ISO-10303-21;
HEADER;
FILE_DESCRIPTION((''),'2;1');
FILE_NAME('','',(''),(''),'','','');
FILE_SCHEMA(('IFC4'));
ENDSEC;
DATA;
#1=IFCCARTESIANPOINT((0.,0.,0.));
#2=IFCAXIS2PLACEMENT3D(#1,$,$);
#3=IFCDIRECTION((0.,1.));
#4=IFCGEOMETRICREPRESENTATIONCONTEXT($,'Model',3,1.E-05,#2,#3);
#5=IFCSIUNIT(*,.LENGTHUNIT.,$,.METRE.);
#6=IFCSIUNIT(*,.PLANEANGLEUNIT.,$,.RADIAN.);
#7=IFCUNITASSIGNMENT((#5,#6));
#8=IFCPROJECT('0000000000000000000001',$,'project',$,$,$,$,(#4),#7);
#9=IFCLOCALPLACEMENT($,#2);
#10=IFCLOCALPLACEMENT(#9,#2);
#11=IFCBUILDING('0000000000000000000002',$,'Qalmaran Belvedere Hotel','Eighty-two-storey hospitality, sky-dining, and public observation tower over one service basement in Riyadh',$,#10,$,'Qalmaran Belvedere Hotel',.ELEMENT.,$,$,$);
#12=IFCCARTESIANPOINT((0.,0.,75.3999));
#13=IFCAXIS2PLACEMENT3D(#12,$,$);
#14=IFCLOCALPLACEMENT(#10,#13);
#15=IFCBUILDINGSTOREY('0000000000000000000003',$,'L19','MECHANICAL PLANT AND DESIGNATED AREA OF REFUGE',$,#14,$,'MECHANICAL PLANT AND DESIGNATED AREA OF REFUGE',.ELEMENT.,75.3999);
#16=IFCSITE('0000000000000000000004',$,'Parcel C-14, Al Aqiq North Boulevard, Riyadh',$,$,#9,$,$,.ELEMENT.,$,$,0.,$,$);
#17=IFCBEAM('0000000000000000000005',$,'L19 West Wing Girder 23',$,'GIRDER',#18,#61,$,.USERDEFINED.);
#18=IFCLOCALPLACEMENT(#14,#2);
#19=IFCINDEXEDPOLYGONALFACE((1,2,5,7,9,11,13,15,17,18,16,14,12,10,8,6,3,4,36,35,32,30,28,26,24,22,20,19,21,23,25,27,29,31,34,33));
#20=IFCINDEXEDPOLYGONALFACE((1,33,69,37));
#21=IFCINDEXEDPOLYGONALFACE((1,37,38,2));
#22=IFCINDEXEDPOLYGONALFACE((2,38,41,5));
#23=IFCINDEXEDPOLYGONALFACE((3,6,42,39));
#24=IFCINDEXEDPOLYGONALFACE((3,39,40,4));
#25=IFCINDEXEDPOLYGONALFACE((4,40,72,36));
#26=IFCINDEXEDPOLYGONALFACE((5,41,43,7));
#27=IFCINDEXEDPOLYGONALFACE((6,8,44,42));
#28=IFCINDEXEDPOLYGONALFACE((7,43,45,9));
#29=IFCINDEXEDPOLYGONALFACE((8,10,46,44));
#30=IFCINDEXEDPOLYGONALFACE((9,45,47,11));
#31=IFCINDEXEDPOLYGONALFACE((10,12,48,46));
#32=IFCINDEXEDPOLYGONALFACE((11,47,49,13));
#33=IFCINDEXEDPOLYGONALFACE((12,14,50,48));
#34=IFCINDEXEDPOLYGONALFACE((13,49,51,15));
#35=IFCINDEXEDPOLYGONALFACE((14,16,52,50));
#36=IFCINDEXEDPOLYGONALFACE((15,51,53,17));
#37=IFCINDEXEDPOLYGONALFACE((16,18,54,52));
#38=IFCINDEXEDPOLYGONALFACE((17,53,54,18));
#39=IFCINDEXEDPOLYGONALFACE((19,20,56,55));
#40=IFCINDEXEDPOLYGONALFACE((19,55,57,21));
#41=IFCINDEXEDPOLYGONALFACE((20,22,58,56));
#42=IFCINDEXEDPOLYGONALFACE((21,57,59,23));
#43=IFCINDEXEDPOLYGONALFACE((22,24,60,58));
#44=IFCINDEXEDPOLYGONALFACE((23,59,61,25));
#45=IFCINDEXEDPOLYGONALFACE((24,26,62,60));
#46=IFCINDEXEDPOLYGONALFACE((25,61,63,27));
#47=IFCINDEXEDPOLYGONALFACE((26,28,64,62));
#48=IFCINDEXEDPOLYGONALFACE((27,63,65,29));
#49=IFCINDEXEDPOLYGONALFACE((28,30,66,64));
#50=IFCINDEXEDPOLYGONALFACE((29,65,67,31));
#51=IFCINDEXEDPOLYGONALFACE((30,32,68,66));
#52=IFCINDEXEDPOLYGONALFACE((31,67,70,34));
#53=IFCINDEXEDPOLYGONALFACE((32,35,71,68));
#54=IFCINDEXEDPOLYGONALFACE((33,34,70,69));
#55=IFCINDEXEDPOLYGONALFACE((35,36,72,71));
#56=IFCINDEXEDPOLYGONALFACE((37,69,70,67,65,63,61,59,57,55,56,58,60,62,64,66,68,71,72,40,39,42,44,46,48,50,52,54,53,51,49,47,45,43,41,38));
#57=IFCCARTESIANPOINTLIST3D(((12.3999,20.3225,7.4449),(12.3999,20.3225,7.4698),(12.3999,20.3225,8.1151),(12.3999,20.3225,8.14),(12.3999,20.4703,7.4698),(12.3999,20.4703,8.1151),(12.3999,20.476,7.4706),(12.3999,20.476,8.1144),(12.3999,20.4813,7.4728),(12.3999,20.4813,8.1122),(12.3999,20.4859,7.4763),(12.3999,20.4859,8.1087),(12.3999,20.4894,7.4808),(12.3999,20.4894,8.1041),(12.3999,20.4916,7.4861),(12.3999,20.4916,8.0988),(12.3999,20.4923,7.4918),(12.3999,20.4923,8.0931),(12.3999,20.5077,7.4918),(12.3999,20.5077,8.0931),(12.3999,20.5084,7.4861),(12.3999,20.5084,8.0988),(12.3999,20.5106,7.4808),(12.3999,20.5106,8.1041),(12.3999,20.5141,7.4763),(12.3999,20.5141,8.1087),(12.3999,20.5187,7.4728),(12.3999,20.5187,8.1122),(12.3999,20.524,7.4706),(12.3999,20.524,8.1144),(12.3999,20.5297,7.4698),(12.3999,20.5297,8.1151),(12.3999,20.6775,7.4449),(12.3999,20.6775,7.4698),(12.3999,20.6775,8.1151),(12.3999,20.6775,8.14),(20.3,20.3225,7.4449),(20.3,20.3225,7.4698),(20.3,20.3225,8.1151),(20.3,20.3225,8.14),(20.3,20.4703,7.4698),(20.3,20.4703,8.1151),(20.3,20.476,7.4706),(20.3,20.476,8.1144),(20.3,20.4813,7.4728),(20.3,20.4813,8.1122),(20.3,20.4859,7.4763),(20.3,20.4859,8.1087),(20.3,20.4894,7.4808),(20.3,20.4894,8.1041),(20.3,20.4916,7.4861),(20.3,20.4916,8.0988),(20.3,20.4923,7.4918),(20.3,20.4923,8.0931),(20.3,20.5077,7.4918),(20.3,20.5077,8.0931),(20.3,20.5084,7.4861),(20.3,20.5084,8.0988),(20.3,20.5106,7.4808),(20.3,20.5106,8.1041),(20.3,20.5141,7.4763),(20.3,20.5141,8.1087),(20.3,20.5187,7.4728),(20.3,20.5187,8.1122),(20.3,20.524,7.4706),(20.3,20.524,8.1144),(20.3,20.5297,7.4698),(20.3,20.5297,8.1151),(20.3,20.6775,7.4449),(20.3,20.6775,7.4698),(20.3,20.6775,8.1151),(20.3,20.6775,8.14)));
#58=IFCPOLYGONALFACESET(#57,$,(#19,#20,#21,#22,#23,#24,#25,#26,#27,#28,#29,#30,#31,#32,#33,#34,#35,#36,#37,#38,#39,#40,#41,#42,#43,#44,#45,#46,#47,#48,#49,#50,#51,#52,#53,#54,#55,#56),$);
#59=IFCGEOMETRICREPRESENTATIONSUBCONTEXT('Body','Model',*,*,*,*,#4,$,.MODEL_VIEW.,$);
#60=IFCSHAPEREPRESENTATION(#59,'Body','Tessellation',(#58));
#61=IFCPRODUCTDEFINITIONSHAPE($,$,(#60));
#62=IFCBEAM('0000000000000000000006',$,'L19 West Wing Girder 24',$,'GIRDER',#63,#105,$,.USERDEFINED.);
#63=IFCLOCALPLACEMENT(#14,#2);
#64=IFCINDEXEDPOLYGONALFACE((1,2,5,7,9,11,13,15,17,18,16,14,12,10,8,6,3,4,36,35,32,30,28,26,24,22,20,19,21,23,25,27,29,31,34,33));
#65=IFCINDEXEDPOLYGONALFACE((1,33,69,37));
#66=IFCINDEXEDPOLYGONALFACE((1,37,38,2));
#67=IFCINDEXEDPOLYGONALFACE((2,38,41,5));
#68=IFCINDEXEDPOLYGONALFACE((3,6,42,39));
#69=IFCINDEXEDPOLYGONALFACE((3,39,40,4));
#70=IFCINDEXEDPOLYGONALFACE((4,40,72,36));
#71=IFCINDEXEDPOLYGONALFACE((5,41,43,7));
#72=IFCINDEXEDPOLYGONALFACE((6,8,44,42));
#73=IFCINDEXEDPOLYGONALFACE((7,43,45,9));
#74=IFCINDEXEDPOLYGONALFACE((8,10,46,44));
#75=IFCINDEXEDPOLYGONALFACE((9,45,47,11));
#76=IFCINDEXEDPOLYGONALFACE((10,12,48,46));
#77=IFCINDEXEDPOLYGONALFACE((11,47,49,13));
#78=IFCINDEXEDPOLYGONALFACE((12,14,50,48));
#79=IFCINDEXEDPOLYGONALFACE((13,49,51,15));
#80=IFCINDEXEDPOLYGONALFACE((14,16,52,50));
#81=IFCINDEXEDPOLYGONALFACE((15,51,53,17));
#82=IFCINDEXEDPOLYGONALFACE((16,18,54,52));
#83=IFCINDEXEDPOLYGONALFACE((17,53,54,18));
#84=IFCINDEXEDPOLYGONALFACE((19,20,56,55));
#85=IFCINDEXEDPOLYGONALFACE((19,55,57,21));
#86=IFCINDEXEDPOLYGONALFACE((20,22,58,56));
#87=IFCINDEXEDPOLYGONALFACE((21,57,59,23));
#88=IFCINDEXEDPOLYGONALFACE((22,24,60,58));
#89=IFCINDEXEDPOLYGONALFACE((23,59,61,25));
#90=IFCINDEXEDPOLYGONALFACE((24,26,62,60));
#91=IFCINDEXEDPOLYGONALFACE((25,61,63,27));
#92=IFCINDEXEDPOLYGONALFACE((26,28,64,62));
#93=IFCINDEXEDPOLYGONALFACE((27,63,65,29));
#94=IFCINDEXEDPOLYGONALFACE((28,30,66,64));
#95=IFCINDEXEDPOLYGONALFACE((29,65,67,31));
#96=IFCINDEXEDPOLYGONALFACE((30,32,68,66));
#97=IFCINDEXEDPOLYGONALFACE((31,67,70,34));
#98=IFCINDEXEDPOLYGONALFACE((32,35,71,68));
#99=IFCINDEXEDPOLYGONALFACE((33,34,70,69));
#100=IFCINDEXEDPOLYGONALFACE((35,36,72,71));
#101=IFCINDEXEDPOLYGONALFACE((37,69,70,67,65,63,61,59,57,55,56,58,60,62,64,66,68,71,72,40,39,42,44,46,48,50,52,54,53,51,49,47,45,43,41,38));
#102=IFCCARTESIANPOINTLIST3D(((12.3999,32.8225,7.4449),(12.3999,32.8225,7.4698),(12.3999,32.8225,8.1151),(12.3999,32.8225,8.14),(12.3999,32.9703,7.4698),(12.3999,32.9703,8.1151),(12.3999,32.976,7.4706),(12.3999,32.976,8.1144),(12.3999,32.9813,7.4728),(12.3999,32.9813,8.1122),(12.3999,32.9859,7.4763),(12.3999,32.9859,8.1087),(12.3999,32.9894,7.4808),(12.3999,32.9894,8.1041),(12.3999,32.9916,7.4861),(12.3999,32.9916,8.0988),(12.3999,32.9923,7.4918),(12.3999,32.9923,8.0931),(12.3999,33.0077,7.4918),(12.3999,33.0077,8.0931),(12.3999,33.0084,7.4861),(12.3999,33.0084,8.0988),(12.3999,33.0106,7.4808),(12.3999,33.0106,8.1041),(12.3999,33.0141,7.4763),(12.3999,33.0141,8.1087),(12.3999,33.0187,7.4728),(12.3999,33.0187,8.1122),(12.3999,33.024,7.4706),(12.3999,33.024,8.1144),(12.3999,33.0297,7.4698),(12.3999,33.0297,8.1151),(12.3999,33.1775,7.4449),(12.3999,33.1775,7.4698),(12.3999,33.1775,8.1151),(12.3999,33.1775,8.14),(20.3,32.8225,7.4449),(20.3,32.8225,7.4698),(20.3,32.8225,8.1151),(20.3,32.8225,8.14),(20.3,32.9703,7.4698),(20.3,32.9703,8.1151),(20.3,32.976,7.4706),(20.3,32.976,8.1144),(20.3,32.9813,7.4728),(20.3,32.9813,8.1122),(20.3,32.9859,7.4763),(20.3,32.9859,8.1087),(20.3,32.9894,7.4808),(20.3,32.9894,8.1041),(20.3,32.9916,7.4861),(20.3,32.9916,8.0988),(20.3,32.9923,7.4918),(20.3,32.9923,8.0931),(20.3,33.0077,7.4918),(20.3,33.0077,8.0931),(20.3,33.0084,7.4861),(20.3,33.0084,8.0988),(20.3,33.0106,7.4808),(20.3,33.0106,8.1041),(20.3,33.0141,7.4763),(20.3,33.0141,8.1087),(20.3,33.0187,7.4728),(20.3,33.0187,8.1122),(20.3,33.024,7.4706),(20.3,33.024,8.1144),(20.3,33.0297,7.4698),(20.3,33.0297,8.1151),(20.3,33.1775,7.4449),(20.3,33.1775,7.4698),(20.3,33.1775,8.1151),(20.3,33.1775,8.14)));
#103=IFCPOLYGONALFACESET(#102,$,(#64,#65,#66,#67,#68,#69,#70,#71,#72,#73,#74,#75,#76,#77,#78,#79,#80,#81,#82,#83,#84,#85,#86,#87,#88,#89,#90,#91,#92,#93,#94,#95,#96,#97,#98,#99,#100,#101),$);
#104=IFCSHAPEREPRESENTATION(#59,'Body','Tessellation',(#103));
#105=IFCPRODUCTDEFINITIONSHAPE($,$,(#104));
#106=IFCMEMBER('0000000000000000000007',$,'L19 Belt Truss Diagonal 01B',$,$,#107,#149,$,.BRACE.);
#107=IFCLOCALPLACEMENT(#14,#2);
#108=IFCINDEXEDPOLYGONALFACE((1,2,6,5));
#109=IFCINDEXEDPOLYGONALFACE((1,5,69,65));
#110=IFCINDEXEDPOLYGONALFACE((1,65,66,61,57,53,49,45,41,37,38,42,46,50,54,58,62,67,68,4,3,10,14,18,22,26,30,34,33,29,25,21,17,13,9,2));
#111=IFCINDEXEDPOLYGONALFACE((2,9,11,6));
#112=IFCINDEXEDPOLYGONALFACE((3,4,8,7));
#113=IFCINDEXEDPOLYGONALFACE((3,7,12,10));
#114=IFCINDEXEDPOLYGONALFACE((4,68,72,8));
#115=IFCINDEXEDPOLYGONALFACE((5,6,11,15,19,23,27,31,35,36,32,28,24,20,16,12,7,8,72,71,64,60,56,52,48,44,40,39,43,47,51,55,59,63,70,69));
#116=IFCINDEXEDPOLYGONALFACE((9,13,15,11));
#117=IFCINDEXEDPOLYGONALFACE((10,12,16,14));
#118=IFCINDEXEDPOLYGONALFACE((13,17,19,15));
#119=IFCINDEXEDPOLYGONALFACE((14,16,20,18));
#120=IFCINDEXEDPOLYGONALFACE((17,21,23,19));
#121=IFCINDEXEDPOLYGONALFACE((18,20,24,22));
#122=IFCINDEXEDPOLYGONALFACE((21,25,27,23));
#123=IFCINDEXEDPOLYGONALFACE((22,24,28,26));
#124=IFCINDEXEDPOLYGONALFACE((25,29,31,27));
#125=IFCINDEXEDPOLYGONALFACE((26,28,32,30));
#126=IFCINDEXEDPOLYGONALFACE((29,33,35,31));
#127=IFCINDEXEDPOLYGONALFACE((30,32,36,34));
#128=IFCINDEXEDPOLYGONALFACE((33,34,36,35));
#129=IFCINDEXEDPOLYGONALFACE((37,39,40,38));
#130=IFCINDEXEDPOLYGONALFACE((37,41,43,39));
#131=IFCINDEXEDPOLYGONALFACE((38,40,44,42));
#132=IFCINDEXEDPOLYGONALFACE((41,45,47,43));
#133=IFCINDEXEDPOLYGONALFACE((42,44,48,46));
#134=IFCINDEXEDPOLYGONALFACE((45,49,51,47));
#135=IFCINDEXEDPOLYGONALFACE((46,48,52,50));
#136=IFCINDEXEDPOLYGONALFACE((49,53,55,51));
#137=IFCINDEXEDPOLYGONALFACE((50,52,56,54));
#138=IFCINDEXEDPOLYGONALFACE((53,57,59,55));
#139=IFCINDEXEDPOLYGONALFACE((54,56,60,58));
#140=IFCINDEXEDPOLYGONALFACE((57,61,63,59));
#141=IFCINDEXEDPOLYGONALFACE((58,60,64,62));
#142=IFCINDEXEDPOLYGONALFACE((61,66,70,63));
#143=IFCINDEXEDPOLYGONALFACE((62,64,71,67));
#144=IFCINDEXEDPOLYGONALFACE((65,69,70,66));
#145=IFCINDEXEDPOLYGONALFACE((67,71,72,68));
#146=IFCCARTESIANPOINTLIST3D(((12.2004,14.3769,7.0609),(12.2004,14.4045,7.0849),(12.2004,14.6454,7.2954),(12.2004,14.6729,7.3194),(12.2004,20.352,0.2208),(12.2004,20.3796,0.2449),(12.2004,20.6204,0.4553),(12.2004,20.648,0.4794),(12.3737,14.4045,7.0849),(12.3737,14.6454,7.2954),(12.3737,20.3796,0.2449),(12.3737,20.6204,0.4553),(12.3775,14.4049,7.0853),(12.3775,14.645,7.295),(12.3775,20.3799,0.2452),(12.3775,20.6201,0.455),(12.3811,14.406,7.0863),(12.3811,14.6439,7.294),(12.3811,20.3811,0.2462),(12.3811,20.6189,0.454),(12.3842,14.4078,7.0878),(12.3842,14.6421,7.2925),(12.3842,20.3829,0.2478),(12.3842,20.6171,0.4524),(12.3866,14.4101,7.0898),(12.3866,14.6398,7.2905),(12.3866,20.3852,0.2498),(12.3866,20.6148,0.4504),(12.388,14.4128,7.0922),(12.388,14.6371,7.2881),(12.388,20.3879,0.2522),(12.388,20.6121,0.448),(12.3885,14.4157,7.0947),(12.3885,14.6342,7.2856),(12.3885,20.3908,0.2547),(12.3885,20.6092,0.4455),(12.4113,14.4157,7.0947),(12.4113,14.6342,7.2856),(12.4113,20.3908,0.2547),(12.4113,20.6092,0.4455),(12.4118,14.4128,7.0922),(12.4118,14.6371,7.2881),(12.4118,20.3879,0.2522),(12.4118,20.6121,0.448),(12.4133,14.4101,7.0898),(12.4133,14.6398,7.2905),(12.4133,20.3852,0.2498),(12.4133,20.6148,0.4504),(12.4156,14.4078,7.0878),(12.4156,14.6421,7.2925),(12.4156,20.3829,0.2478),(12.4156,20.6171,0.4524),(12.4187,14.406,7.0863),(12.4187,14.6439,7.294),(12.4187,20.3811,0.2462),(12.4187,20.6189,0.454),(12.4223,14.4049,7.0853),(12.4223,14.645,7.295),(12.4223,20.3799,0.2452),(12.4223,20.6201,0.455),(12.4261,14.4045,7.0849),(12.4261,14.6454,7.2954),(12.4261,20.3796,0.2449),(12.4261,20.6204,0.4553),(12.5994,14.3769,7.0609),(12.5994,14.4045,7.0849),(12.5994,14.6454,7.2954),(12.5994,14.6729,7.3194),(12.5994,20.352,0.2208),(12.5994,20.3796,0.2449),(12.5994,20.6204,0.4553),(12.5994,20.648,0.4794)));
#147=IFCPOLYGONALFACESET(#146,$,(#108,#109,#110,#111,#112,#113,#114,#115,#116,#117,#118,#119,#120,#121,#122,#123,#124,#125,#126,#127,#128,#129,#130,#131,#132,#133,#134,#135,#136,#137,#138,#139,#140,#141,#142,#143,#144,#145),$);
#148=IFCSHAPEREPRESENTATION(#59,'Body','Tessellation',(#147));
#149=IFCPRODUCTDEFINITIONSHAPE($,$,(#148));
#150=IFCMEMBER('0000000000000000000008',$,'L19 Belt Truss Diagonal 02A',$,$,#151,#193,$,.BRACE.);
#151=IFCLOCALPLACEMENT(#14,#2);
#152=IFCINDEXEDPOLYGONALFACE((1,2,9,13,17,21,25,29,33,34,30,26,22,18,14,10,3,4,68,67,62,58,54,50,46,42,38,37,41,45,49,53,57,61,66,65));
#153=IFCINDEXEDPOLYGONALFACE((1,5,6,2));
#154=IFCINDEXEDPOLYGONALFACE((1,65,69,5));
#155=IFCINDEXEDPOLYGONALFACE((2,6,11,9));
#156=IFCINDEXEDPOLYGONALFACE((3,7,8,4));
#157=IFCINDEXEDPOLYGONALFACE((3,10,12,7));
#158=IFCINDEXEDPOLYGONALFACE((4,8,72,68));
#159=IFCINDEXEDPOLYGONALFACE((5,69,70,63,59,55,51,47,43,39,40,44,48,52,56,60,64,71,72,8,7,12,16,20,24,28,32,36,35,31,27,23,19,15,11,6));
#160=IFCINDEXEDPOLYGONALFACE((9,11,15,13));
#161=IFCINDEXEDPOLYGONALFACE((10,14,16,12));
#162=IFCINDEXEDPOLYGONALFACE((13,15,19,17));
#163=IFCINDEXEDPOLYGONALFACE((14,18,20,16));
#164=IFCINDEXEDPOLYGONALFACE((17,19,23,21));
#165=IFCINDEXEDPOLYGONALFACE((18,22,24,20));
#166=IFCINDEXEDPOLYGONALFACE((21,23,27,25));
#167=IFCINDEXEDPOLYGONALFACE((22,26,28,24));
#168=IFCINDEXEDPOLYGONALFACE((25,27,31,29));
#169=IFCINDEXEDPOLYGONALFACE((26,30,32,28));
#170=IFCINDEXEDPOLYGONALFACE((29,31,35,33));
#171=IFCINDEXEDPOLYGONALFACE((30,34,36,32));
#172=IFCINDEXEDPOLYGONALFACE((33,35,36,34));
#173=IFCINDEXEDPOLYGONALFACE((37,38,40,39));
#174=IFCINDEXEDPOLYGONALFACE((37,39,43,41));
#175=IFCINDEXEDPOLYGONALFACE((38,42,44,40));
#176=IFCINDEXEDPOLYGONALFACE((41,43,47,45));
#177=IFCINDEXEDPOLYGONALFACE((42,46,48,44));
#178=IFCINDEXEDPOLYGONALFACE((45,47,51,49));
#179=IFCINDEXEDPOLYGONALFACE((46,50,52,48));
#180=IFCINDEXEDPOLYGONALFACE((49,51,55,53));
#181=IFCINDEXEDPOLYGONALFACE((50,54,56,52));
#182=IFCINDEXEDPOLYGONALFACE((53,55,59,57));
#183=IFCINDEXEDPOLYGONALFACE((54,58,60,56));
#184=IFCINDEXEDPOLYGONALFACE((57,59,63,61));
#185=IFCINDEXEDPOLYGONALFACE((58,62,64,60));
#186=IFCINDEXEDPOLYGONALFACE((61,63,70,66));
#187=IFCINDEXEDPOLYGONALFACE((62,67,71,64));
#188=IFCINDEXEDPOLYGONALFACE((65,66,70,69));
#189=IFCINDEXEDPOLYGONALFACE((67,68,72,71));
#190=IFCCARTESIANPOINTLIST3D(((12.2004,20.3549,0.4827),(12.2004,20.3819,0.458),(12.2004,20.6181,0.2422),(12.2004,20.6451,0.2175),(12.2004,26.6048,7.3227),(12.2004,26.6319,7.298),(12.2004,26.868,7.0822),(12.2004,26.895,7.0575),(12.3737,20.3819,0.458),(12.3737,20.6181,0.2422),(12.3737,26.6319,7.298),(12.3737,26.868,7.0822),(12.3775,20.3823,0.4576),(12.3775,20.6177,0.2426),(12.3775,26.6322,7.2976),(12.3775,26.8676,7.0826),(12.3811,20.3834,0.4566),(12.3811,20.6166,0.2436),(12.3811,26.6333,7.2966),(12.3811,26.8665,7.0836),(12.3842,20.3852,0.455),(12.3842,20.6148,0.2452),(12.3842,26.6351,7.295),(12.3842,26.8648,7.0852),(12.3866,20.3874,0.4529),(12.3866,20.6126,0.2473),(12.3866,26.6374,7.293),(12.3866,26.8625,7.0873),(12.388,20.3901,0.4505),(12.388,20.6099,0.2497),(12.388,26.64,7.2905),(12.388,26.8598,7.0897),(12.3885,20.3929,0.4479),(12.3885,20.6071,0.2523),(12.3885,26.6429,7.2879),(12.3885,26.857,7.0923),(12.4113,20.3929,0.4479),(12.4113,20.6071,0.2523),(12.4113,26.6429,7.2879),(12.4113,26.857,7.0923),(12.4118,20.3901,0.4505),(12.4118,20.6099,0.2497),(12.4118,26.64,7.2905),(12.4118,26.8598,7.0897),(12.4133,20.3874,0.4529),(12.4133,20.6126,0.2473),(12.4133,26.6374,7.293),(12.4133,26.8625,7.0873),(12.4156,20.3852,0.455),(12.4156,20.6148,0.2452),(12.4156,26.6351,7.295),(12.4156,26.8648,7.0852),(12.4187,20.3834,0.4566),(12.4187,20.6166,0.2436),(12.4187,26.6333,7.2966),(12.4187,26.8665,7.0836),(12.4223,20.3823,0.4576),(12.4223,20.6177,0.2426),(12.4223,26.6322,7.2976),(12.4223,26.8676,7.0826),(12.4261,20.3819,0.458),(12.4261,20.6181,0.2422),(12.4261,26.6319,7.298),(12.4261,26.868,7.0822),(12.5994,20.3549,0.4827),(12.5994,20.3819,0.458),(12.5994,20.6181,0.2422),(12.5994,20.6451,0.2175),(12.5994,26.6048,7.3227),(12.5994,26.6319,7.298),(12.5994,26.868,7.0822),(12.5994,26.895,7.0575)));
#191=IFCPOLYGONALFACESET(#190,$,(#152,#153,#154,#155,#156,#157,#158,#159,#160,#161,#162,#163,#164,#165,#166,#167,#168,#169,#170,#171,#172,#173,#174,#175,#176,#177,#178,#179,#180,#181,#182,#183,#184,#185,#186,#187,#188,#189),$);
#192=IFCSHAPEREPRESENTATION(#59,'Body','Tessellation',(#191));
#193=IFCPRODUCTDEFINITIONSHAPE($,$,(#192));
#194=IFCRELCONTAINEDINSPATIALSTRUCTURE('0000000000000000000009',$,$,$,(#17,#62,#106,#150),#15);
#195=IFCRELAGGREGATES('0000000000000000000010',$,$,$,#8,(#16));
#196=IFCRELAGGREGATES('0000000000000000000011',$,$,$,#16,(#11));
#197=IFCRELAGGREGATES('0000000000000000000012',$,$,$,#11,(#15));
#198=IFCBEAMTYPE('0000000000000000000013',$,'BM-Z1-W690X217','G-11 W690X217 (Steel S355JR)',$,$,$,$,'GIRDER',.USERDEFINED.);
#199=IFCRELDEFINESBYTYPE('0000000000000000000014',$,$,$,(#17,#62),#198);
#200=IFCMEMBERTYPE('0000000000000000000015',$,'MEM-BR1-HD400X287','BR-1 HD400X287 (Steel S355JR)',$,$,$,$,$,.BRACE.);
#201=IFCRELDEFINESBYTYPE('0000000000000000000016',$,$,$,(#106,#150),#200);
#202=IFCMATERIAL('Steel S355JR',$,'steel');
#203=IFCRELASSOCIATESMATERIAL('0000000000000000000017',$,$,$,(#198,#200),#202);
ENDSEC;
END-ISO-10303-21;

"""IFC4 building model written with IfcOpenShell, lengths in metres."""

from ifc_helpers import new_model, si_unit, direction, frame, origin, origin_2d, place, context, subcontext, project, spatial, i_section, extrude, material, material_profile, profile_set, type_object, element, save


model = new_model("IFC4")

# Units and contexts
model_context = context("Model", 3, precision=1e-05, world=origin(), true_north=direction((0.0, 1.0)))
body_context = subcontext(model_context, "Body", "Model", "MODEL_VIEW")
ifc_project = project(units=[si_unit("LENGTHUNIT", "METRE"), si_unit("PLANEANGLEUNIT", "RADIAN")], contexts=[model_context])

# Site, building, storey
site_placement = place(None, origin())
site = spatial("IfcSite", under=ifc_project, at=site_placement, Name="Parcel C-14, Al Aqiq North Boulevard, Riyadh", CompositionType="ELEMENT", RefElevation=0.0)
building_placement = place(site_placement, origin())
building = spatial("IfcBuilding", under=site, at=building_placement, Name="Qalmaran Belvedere Hotel", Description="Eighty-two-storey hospitality, sky-dining, and public observation tower over one service basement in Riyadh", LongName="Qalmaran Belvedere Hotel", CompositionType="ELEMENT")
storey_placement = place(building_placement, frame((0.0, 0.0, 75.3999)))
storey = spatial("IfcBuildingStorey", under=building, at=storey_placement, Name="L19", Description="MECHANICAL PLANT AND DESIGNATED AREA OF REFUGE", LongName="MECHANICAL PLANT AND DESIGNATED AREA OF REFUGE", CompositionType="ELEMENT", Elevation=75.3999)

# Beams
ifc_material_1 = material(Name="Steel S355JR", Category="steel")
ifc_material_profile_1 = material_profile(ifc_material_1, i_section(OverallWidth=0.355, OverallDepth=0.6951, WebThickness=0.0154, FlangeThickness=0.0249, FilletRadius=0.022, at=origin_2d()), Name="W690X217")
ifc_profile_set_1 = profile_set([ifc_material_profile_1], Name="Steel S355JR")
beam_type_1 = type_object("IfcBeamType", Name="BM-Z1-W690X217", Description="G-11 W690X217 (Steel S355JR)", ElementType="GIRDER", PredefinedType="USERDEFINED", material=ifc_profile_set_1)
for number, where, z_axis, x_axis, name in (
    (1, (12.3999, 20.5, 7.7925), (1.0, 0.0, 0.0), (0.0, 1.0, 0.0), "L19 West Wing Girder 23"),
    (2, (12.3999, 33.0, 7.7925), (1.0, 0.0, 0.0), (0.0, 1.0, 0.0), "L19 West Wing Girder 24"),
):
    element("IfcBeam", number, at=place(storey_placement, frame(where, z_axis=z_axis, x_axis=x_axis)), inside=storey, type_object=beam_type_1, Name=name, ObjectType="GIRDER", PredefinedType="USERDEFINED", context=body_context, shape_type="SweptSolid", body=[
        extrude(i_section(OverallWidth=0.355, OverallDepth=0.6951, WebThickness=0.0154, FlangeThickness=0.0249, FilletRadius=0.022, at=origin_2d()), origin(), (0.0, 0.0, 1.0), 7.9001),
    ])

# Members
ifc_material_profile_2 = material_profile(ifc_material_1, i_section(OverallWidth=0.3989, OverallDepth=0.3931, WebThickness=0.0227, FlangeThickness=0.0366, FilletRadius=0.0149, at=origin_2d()), Name="HD400X287")
ifc_profile_set_2 = profile_set([ifc_material_profile_2], Name="Steel S355JR")
member_type_1 = type_object("IfcMemberType", Name="MEM-BR1-HD400X287", Description="BR-1 HD400X287 (Steel S355JR)", PredefinedType="BRACE", material=ifc_profile_set_2)
member_1_placement = place(storey_placement, frame((12.3999, 20.5, 0.3501), z_axis=(0.0, -0.657882, 0.753121), x_axis=(1.0, 0.0, 0.0)))
element("IfcMember", 3, at=member_1_placement, inside=storey, type_object=member_type_1, Name="L19 Belt Truss Diagonal 01B", PredefinedType="BRACE", context=body_context, shape_type="SweptSolid", body=[
    extrude(i_section(OverallWidth=0.3989, OverallDepth=0.3931, WebThickness=0.0227, FlangeThickness=0.0366, FilletRadius=0.0149, at=origin_2d()), origin(), (0.0, 0.0, 1.0), 9.0823),
])
for number, where, z_axis, x_axis, name in (
    (4, (12.3999, 20.5, 0.3501), (0.0, 0.674546, 0.738233), (-1.0, 0.0, 0.0), "L19 Belt Truss Diagonal 02A"),
):
    element("IfcMember", number, at=place(storey_placement, frame(where, z_axis=z_axis, x_axis=x_axis)), inside=storey, type_object=member_type_1, Name=name, PredefinedType="BRACE", context=body_context, shape_type="SweptSolid", body=[
        extrude(i_section(OverallWidth=0.3989, OverallDepth=0.3931, WebThickness=0.0227, FlangeThickness=0.0366, FilletRadius=0.0149, at=origin_2d()), origin(), (0.0, 0.0, 1.0), 9.2654),
    ])

save(model, "model.ifc")
